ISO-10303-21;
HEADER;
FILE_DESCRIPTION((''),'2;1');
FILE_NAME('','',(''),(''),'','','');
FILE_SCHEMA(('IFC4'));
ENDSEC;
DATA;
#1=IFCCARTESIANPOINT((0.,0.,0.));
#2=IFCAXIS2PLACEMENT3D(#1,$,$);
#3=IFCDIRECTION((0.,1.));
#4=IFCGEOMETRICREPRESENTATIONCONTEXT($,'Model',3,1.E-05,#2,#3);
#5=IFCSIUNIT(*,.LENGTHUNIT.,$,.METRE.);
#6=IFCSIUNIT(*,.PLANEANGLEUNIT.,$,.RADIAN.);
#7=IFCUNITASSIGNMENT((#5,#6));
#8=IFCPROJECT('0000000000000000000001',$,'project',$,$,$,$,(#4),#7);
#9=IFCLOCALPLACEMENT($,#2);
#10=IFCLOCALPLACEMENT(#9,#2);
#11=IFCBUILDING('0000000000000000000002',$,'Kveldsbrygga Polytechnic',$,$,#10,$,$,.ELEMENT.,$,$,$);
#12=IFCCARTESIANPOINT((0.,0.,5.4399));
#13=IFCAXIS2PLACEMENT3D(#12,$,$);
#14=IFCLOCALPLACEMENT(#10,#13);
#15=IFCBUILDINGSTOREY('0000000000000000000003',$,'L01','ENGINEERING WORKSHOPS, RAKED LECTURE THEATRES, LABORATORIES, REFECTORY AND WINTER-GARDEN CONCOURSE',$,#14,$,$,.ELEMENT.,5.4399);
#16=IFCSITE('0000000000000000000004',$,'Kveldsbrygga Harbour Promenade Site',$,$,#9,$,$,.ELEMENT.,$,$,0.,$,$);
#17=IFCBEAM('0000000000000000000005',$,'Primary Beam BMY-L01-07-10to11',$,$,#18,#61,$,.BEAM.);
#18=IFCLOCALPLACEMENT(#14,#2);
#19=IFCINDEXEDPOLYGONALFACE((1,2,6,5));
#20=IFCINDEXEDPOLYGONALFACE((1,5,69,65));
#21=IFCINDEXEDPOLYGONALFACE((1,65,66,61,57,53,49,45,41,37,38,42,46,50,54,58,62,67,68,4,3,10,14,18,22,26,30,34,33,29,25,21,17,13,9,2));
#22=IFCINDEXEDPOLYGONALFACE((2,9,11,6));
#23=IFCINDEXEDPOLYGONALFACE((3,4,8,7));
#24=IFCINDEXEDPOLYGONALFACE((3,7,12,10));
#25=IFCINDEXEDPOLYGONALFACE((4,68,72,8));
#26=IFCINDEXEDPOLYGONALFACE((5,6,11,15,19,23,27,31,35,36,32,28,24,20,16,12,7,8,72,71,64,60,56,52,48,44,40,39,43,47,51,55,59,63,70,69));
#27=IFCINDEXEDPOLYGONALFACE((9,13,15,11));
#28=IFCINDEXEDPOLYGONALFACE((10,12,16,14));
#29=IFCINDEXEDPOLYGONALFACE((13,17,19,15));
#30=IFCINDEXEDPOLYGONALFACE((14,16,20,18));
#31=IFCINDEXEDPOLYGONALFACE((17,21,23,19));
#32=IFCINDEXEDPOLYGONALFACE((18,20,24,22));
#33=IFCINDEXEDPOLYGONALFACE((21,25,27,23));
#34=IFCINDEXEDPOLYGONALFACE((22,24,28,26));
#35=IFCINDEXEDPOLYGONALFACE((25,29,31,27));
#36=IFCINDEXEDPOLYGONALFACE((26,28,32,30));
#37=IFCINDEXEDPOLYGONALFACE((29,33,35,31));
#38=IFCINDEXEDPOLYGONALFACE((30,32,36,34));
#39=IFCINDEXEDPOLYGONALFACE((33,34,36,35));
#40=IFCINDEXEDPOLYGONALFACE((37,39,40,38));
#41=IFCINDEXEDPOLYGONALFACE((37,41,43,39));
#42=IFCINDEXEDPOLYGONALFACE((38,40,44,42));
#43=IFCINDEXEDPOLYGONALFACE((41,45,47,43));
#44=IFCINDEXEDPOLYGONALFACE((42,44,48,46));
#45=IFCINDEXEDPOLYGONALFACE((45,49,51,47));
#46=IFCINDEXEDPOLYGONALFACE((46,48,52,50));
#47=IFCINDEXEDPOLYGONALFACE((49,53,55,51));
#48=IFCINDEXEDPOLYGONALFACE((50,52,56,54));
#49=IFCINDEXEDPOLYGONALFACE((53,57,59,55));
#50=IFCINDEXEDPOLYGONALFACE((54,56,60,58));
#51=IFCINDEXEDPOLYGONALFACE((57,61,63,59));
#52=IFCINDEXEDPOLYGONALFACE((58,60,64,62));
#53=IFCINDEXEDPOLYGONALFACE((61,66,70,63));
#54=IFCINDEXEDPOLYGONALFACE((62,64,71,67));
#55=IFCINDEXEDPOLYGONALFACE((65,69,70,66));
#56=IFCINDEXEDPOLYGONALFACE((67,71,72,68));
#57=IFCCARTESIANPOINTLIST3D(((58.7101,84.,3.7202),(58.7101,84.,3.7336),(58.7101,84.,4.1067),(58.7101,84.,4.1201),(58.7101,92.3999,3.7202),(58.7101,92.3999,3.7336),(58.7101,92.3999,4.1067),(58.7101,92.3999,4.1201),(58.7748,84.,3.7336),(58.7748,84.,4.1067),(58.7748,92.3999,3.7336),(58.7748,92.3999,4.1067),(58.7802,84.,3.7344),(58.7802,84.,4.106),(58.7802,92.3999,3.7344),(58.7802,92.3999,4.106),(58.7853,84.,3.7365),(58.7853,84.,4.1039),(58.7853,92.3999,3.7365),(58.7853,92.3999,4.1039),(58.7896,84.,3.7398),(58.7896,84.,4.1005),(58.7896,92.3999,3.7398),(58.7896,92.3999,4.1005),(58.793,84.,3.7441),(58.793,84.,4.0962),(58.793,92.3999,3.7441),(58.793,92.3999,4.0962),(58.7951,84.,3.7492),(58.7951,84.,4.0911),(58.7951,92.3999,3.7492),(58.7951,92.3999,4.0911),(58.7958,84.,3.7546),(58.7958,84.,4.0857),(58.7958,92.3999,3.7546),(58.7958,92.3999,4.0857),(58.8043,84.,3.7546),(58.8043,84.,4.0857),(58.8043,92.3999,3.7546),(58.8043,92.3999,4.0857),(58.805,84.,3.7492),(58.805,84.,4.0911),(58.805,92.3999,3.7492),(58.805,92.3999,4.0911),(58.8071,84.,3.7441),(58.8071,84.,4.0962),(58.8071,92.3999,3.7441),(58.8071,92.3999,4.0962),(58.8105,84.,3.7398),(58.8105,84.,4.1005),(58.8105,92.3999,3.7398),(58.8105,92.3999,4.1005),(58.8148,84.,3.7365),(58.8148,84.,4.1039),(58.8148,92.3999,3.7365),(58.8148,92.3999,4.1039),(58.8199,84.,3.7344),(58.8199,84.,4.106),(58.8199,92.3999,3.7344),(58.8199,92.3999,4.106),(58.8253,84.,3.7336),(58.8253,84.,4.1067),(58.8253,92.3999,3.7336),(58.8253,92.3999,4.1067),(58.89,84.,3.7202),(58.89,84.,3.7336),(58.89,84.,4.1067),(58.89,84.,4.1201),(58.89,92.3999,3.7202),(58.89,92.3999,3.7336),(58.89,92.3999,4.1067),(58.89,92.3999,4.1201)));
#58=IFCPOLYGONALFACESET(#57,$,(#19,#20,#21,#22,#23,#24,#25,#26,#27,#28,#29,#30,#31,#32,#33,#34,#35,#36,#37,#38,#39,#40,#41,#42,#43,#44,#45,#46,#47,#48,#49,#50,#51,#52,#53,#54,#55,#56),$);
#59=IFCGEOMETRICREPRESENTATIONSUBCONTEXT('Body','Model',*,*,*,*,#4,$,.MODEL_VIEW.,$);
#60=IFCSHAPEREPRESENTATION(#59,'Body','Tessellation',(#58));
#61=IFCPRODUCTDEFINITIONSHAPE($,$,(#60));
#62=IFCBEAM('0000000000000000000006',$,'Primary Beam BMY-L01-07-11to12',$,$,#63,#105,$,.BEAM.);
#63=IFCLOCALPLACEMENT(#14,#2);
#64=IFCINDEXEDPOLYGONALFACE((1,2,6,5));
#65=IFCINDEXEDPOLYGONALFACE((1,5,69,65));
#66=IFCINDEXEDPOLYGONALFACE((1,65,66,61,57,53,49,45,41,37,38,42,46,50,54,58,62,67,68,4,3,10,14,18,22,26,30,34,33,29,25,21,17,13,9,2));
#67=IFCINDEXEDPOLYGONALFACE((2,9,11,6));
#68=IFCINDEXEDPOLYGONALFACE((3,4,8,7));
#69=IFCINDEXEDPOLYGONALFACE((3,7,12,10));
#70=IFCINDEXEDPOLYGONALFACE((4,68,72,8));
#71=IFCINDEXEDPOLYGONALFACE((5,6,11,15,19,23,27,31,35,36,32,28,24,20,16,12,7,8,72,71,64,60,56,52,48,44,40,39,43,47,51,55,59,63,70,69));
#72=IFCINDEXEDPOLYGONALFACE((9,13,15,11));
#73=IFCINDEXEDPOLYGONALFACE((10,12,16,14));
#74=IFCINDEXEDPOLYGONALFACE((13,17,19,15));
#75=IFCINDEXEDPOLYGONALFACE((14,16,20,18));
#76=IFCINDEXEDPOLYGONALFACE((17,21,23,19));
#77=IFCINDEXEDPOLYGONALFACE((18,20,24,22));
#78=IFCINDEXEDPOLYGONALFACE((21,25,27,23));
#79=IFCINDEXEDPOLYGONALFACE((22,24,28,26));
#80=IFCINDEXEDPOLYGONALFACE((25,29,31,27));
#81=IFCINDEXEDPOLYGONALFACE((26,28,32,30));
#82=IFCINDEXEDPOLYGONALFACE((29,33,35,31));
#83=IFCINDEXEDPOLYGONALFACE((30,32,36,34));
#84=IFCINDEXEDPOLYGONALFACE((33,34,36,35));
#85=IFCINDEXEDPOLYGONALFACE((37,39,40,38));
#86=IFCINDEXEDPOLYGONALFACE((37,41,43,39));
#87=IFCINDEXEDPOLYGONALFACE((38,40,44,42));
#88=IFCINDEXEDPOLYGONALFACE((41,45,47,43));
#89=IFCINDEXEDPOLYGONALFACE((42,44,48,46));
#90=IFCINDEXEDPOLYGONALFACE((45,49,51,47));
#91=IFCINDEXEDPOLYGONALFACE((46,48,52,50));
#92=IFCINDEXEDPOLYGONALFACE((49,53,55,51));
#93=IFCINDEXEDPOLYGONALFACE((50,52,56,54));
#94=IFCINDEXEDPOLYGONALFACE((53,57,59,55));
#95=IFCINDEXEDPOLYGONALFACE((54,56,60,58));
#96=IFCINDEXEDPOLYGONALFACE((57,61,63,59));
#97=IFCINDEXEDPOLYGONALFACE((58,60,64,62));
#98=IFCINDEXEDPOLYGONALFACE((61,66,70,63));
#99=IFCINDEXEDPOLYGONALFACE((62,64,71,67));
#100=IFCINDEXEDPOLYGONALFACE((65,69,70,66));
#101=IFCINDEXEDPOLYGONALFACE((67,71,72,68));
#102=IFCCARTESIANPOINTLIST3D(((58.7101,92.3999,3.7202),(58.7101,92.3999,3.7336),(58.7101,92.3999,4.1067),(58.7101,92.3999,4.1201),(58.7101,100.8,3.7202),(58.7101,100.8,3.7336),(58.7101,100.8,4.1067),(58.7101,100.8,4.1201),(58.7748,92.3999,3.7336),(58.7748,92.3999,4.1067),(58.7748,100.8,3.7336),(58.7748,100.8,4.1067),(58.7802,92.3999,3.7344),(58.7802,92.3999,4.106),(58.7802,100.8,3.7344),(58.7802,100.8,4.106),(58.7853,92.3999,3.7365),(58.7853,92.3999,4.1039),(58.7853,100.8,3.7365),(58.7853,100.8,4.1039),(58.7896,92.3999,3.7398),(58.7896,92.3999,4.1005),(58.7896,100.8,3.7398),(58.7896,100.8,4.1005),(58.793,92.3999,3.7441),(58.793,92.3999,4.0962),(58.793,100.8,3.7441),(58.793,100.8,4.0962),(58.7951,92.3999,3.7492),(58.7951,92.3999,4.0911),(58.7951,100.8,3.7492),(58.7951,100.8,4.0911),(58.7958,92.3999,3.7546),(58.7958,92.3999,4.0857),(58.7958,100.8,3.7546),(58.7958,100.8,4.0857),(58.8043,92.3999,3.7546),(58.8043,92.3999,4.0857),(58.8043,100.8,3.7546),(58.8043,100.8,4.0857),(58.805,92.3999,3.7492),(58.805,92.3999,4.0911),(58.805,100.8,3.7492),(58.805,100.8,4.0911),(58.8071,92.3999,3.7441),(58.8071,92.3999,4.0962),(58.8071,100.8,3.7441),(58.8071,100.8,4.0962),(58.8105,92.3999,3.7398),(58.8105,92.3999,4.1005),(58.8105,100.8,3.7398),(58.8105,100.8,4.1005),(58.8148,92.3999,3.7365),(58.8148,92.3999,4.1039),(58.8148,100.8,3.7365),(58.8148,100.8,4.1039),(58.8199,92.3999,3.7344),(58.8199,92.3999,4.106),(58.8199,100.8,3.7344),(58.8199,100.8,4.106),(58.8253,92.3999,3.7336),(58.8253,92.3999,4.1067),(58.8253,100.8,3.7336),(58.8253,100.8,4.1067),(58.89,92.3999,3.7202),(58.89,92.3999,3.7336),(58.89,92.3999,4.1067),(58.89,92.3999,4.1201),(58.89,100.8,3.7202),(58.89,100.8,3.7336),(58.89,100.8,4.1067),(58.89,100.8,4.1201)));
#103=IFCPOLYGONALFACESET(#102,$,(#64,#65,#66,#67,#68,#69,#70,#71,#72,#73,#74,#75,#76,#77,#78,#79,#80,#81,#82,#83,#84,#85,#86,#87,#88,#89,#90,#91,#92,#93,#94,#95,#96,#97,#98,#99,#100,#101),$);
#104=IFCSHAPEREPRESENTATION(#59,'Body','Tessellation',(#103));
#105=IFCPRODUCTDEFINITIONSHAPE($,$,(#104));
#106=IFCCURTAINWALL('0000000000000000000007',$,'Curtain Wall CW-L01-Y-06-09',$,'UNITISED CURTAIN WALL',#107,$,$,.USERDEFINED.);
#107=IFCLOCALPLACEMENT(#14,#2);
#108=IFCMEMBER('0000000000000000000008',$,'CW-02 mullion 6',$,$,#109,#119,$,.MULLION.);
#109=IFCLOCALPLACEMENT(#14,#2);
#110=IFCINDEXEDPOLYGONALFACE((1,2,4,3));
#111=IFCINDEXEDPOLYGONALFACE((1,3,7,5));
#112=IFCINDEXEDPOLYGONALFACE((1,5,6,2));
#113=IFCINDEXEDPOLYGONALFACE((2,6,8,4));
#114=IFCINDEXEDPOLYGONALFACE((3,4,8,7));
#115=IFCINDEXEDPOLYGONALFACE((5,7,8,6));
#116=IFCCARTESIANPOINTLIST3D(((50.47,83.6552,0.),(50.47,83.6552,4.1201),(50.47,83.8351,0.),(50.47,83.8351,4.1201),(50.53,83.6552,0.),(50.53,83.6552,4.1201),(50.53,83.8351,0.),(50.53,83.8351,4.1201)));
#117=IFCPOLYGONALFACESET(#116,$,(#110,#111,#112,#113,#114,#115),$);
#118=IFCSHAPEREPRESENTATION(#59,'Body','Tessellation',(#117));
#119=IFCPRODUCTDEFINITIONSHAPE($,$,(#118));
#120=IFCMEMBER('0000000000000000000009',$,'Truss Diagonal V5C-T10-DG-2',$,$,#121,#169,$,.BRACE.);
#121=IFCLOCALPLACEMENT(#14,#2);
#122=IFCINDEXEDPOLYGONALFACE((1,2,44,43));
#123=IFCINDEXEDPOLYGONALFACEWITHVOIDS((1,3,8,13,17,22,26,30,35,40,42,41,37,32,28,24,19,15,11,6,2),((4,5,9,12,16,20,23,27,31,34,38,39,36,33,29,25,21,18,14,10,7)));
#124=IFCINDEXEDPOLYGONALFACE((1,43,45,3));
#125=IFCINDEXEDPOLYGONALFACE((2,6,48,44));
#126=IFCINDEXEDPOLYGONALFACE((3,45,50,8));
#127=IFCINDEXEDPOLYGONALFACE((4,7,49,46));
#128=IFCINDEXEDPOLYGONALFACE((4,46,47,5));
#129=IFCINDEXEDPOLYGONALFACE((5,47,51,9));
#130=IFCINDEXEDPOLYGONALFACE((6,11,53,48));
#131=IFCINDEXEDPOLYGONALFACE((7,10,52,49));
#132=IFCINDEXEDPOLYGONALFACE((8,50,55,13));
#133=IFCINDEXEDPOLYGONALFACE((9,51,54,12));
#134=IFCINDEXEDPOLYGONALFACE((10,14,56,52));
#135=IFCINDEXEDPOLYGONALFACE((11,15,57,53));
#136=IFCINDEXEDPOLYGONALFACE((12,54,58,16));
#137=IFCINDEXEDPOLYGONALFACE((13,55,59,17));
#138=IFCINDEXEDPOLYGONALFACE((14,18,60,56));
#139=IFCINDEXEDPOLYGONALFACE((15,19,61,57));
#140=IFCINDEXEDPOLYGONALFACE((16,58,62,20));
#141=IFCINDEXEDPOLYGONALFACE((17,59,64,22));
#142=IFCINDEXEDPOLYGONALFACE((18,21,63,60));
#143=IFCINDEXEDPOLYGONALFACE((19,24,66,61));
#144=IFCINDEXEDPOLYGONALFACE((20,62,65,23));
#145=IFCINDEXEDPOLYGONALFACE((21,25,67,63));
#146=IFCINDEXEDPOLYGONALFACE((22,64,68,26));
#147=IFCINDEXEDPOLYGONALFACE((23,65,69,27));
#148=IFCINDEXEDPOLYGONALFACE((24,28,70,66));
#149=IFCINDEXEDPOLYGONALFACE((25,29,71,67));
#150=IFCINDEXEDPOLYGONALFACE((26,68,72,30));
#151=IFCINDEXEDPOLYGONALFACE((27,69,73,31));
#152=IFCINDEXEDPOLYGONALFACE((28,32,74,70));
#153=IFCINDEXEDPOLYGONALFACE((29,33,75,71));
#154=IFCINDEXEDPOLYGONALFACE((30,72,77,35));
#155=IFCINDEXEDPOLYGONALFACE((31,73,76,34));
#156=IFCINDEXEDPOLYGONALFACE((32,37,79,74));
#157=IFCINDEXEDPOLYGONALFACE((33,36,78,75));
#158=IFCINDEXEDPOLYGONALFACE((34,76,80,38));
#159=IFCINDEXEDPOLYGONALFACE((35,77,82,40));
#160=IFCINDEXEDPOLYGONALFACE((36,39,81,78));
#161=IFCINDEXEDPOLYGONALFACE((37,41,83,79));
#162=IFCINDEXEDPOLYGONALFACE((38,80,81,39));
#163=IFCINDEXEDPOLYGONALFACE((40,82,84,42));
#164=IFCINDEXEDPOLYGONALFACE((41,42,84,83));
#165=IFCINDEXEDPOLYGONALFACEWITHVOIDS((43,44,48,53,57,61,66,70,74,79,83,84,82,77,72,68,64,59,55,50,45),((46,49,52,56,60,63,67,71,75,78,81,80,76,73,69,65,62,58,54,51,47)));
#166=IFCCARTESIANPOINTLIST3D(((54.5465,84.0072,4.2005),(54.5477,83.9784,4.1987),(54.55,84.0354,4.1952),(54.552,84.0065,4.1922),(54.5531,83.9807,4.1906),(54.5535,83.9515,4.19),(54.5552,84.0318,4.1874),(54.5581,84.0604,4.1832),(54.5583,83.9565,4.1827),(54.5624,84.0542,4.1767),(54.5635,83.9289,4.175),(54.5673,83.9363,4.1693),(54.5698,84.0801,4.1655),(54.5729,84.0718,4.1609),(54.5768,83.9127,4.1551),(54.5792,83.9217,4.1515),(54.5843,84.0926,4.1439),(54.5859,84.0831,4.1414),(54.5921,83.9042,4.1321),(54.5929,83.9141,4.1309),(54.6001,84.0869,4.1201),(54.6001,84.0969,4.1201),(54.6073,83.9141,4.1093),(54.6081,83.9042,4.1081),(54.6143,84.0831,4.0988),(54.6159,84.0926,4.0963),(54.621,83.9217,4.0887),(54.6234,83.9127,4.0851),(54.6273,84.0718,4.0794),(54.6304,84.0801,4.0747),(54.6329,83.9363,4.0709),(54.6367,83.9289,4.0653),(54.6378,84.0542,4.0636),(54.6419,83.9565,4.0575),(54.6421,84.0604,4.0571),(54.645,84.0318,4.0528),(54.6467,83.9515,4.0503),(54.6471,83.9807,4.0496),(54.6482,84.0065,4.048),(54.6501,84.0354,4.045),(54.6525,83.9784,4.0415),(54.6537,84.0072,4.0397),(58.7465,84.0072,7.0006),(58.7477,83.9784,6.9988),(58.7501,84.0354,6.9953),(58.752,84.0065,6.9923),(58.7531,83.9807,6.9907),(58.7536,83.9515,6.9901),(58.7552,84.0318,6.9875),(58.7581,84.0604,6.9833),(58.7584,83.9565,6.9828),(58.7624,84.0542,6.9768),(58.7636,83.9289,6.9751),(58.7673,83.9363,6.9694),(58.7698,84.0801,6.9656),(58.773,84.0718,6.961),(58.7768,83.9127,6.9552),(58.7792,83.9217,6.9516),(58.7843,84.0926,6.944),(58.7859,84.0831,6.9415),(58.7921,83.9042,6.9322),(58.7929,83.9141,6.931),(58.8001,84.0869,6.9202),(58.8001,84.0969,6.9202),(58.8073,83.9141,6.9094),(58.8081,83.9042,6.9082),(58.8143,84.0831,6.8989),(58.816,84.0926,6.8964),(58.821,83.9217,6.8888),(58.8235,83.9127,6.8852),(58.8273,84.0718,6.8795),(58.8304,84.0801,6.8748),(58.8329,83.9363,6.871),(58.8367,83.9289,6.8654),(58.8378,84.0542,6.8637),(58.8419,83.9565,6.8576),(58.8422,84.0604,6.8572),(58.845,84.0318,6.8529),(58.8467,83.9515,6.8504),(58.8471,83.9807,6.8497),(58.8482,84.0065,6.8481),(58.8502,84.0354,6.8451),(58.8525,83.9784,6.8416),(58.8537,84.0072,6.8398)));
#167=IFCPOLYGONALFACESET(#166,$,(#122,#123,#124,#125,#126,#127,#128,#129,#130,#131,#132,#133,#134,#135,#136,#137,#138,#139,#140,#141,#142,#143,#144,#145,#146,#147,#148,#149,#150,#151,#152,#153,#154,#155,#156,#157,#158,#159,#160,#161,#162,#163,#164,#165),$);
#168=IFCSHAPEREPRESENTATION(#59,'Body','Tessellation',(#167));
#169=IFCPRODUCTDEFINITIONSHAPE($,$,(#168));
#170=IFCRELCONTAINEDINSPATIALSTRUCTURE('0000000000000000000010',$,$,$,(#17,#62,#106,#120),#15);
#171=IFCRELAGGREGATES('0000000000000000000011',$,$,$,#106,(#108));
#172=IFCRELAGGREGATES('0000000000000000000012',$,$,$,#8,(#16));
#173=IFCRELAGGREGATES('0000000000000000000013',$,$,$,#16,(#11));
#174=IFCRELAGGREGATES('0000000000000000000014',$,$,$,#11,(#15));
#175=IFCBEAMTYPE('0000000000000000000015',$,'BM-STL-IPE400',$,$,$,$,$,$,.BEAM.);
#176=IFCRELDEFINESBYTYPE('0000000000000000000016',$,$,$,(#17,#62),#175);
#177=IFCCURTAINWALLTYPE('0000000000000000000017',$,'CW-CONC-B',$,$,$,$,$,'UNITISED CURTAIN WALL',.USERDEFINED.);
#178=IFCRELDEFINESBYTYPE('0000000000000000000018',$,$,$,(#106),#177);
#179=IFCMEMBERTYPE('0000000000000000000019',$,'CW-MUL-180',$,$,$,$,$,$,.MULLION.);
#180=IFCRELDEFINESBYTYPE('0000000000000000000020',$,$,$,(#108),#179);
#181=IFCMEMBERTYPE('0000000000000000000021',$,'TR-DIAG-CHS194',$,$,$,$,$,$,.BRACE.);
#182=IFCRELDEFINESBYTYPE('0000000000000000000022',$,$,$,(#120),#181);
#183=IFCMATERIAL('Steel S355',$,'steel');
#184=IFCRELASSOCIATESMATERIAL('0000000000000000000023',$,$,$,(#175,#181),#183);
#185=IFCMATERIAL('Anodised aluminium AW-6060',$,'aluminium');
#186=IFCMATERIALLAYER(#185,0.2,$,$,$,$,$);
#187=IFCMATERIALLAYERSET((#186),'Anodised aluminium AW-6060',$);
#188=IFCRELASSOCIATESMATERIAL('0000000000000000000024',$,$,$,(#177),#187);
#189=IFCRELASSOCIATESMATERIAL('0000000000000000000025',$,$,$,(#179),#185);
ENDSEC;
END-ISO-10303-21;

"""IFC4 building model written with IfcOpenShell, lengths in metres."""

from ifc_helpers import new_model, si_unit, direction, frame, origin, origin_2d, place, context, subcontext, project, spatial, rectangle, hollow_circle, i_section, extrude, material, layer, layer_set, material_profile, profile_set, type_object, element, aggregate, save


model = new_model("IFC4")

# Units and contexts
model_context = context("Model", 3, precision=1e-05, world=origin(), true_north=direction((0.0, 1.0)))
body_context = subcontext(model_context, "Body", "Model", "MODEL_VIEW")
ifc_project = project(units=[si_unit("LENGTHUNIT", "METRE"), si_unit("PLANEANGLEUNIT", "RADIAN")], contexts=[model_context])

# Site, building, storey
site_placement = place(None, origin())
site = spatial("IfcSite", under=ifc_project, at=site_placement, Name="Kveldsbrygga Harbour Promenade Site", CompositionType="ELEMENT", RefElevation=0.0)
building_placement = place(site_placement, origin())
building = spatial("IfcBuilding", under=site, at=building_placement, Name="Kveldsbrygga Polytechnic", CompositionType="ELEMENT")
storey_placement = place(building_placement, frame((0.0, 0.0, 5.4399)))
storey = spatial("IfcBuildingStorey", under=building, at=storey_placement, Name="L01", Description="ENGINEERING WORKSHOPS, RAKED LECTURE THEATRES, LABORATORIES, REFECTORY AND WINTER-GARDEN CONCOURSE", CompositionType="ELEMENT", Elevation=5.4399)

# Beams
ifc_material_1 = material(Name="Steel S355", Category="steel")
ifc_material_profile_1 = material_profile(ifc_material_1, i_section(OverallWidth=0.1799, OverallDepth=0.3999, WebThickness=0.0085, FlangeThickness=0.0134, FilletRadius=0.021, at=origin_2d()), Name="IPE 400")
ifc_profile_set_1 = profile_set([ifc_material_profile_1], Name="Steel S355")
beam_type_1 = type_object("IfcBeamType", Name="BM-STL-IPE400", PredefinedType="BEAM", material=ifc_profile_set_1)
beam_1_placement = place(storey_placement, frame((58.8, 84.0, 3.9202), z_axis=(0.0, 1.0, 0.0), x_axis=(-1.0, 0.0, 0.0)))
element("IfcBeam", 1, at=beam_1_placement, inside=storey, type_object=beam_type_1, Name="Primary Beam BMY-L01-07-10to11", PredefinedType="BEAM", context=body_context, shape_type="SweptSolid", body=[
    extrude(i_section(OverallWidth=0.1799, OverallDepth=0.3999, WebThickness=0.0085, FlangeThickness=0.0134, FilletRadius=0.021, at=origin_2d()), origin(), (0.0, 0.0, 1.0), 8.3999),
])
beam_2_placement = place(storey_placement, frame((58.8, 92.3999, 3.9202), z_axis=(0.0, 1.0, 0.0), x_axis=(-1.0, 0.0, 0.0)))
element("IfcBeam", 2, at=beam_2_placement, inside=storey, type_object=beam_type_1, Name="Primary Beam BMY-L01-07-11to12", PredefinedType="BEAM", context=body_context, shape_type="SweptSolid", body=[
    extrude(i_section(OverallWidth=0.1799, OverallDepth=0.3999, WebThickness=0.0085, FlangeThickness=0.0134, FilletRadius=0.021, at=origin_2d()), origin(), (0.0, 0.0, 1.0), 8.4001),
])

# Curtain wall, member
ifc_material_2 = material(Name="Anodised aluminium AW-6060", Category="aluminium")
ifc_layer_1 = layer(ifc_material_2, 0.2)
ifc_layer_set_1 = layer_set([ifc_layer_1], Name="Anodised aluminium AW-6060")
curtain_wall_type = type_object("IfcCurtainWallType", Name="CW-CONC-B", ElementType="UNITISED CURTAIN WALL", PredefinedType="USERDEFINED", material=ifc_layer_set_1)
curtain_wall_placement = place(storey_placement, origin())
curtain_wall = element("IfcCurtainWall", 3, at=curtain_wall_placement, inside=storey, type_object=curtain_wall_type, Name="Curtain Wall CW-L01-Y-06-09", ObjectType="UNITISED CURTAIN WALL", PredefinedType="USERDEFINED")
ifc_material_profile_2 = material_profile(ifc_material_2, rectangle(XDim=0.0601, YDim=0.1799, at=origin_2d()), Name="ALU 60x180")
ifc_profile_set_2 = profile_set([ifc_material_profile_2], Name="Anodised aluminium AW-6060")
member_type_1 = type_object("IfcMemberType", Name="CW-MUL-180", PredefinedType="MULLION", material=ifc_profile_set_2)
member_1_placement = place(storey_placement, frame((50.5, 83.7451, 0.0), z_axis=(0.0, 0.0, 1.0), x_axis=(-1.0, 0.0, 0.0)))
member_1 = element("IfcMember", 4, at=member_1_placement, type_object=member_type_1, Name="CW-02 mullion 6", PredefinedType="MULLION", context=body_context, shape_type="SweptSolid", body=[
    extrude(rectangle(XDim=0.0601, YDim=0.1799, at=origin_2d()), origin(), (0.0, 0.0, 1.0), 4.1201),
])

# Member
ifc_material_profile_3 = material_profile(ifc_material_1, hollow_circle(Radius=0.0969, WallThickness=0.01, at=origin_2d()), Name="CHS 193.7x10.0")
ifc_profile_set_3 = profile_set([ifc_material_profile_3], Name="Steel S355")
member_type_2 = type_object("IfcMemberType", Name="TR-DIAG-CHS194", PredefinedType="BRACE", material=ifc_profile_set_3)
member_2_placement = place(storey_placement, frame((54.6001, 84.0, 4.1201), z_axis=(0.832043, 0.0, 0.554711), x_axis=(0.0, 1.0, 0.0)))
element("IfcMember", 5, at=member_2_placement, inside=storey, type_object=member_type_2, Name="Truss Diagonal V5C-T10-DG-2", PredefinedType="BRACE", context=body_context, shape_type="SweptSolid", body=[
    extrude(hollow_circle(Radius=0.0969, WallThickness=0.01, at=origin_2d()), origin(), (0.0, 0.0, 1.0), 5.0479),
])

aggregate(curtain_wall, [member_1])

save(model, "model.ifc")
